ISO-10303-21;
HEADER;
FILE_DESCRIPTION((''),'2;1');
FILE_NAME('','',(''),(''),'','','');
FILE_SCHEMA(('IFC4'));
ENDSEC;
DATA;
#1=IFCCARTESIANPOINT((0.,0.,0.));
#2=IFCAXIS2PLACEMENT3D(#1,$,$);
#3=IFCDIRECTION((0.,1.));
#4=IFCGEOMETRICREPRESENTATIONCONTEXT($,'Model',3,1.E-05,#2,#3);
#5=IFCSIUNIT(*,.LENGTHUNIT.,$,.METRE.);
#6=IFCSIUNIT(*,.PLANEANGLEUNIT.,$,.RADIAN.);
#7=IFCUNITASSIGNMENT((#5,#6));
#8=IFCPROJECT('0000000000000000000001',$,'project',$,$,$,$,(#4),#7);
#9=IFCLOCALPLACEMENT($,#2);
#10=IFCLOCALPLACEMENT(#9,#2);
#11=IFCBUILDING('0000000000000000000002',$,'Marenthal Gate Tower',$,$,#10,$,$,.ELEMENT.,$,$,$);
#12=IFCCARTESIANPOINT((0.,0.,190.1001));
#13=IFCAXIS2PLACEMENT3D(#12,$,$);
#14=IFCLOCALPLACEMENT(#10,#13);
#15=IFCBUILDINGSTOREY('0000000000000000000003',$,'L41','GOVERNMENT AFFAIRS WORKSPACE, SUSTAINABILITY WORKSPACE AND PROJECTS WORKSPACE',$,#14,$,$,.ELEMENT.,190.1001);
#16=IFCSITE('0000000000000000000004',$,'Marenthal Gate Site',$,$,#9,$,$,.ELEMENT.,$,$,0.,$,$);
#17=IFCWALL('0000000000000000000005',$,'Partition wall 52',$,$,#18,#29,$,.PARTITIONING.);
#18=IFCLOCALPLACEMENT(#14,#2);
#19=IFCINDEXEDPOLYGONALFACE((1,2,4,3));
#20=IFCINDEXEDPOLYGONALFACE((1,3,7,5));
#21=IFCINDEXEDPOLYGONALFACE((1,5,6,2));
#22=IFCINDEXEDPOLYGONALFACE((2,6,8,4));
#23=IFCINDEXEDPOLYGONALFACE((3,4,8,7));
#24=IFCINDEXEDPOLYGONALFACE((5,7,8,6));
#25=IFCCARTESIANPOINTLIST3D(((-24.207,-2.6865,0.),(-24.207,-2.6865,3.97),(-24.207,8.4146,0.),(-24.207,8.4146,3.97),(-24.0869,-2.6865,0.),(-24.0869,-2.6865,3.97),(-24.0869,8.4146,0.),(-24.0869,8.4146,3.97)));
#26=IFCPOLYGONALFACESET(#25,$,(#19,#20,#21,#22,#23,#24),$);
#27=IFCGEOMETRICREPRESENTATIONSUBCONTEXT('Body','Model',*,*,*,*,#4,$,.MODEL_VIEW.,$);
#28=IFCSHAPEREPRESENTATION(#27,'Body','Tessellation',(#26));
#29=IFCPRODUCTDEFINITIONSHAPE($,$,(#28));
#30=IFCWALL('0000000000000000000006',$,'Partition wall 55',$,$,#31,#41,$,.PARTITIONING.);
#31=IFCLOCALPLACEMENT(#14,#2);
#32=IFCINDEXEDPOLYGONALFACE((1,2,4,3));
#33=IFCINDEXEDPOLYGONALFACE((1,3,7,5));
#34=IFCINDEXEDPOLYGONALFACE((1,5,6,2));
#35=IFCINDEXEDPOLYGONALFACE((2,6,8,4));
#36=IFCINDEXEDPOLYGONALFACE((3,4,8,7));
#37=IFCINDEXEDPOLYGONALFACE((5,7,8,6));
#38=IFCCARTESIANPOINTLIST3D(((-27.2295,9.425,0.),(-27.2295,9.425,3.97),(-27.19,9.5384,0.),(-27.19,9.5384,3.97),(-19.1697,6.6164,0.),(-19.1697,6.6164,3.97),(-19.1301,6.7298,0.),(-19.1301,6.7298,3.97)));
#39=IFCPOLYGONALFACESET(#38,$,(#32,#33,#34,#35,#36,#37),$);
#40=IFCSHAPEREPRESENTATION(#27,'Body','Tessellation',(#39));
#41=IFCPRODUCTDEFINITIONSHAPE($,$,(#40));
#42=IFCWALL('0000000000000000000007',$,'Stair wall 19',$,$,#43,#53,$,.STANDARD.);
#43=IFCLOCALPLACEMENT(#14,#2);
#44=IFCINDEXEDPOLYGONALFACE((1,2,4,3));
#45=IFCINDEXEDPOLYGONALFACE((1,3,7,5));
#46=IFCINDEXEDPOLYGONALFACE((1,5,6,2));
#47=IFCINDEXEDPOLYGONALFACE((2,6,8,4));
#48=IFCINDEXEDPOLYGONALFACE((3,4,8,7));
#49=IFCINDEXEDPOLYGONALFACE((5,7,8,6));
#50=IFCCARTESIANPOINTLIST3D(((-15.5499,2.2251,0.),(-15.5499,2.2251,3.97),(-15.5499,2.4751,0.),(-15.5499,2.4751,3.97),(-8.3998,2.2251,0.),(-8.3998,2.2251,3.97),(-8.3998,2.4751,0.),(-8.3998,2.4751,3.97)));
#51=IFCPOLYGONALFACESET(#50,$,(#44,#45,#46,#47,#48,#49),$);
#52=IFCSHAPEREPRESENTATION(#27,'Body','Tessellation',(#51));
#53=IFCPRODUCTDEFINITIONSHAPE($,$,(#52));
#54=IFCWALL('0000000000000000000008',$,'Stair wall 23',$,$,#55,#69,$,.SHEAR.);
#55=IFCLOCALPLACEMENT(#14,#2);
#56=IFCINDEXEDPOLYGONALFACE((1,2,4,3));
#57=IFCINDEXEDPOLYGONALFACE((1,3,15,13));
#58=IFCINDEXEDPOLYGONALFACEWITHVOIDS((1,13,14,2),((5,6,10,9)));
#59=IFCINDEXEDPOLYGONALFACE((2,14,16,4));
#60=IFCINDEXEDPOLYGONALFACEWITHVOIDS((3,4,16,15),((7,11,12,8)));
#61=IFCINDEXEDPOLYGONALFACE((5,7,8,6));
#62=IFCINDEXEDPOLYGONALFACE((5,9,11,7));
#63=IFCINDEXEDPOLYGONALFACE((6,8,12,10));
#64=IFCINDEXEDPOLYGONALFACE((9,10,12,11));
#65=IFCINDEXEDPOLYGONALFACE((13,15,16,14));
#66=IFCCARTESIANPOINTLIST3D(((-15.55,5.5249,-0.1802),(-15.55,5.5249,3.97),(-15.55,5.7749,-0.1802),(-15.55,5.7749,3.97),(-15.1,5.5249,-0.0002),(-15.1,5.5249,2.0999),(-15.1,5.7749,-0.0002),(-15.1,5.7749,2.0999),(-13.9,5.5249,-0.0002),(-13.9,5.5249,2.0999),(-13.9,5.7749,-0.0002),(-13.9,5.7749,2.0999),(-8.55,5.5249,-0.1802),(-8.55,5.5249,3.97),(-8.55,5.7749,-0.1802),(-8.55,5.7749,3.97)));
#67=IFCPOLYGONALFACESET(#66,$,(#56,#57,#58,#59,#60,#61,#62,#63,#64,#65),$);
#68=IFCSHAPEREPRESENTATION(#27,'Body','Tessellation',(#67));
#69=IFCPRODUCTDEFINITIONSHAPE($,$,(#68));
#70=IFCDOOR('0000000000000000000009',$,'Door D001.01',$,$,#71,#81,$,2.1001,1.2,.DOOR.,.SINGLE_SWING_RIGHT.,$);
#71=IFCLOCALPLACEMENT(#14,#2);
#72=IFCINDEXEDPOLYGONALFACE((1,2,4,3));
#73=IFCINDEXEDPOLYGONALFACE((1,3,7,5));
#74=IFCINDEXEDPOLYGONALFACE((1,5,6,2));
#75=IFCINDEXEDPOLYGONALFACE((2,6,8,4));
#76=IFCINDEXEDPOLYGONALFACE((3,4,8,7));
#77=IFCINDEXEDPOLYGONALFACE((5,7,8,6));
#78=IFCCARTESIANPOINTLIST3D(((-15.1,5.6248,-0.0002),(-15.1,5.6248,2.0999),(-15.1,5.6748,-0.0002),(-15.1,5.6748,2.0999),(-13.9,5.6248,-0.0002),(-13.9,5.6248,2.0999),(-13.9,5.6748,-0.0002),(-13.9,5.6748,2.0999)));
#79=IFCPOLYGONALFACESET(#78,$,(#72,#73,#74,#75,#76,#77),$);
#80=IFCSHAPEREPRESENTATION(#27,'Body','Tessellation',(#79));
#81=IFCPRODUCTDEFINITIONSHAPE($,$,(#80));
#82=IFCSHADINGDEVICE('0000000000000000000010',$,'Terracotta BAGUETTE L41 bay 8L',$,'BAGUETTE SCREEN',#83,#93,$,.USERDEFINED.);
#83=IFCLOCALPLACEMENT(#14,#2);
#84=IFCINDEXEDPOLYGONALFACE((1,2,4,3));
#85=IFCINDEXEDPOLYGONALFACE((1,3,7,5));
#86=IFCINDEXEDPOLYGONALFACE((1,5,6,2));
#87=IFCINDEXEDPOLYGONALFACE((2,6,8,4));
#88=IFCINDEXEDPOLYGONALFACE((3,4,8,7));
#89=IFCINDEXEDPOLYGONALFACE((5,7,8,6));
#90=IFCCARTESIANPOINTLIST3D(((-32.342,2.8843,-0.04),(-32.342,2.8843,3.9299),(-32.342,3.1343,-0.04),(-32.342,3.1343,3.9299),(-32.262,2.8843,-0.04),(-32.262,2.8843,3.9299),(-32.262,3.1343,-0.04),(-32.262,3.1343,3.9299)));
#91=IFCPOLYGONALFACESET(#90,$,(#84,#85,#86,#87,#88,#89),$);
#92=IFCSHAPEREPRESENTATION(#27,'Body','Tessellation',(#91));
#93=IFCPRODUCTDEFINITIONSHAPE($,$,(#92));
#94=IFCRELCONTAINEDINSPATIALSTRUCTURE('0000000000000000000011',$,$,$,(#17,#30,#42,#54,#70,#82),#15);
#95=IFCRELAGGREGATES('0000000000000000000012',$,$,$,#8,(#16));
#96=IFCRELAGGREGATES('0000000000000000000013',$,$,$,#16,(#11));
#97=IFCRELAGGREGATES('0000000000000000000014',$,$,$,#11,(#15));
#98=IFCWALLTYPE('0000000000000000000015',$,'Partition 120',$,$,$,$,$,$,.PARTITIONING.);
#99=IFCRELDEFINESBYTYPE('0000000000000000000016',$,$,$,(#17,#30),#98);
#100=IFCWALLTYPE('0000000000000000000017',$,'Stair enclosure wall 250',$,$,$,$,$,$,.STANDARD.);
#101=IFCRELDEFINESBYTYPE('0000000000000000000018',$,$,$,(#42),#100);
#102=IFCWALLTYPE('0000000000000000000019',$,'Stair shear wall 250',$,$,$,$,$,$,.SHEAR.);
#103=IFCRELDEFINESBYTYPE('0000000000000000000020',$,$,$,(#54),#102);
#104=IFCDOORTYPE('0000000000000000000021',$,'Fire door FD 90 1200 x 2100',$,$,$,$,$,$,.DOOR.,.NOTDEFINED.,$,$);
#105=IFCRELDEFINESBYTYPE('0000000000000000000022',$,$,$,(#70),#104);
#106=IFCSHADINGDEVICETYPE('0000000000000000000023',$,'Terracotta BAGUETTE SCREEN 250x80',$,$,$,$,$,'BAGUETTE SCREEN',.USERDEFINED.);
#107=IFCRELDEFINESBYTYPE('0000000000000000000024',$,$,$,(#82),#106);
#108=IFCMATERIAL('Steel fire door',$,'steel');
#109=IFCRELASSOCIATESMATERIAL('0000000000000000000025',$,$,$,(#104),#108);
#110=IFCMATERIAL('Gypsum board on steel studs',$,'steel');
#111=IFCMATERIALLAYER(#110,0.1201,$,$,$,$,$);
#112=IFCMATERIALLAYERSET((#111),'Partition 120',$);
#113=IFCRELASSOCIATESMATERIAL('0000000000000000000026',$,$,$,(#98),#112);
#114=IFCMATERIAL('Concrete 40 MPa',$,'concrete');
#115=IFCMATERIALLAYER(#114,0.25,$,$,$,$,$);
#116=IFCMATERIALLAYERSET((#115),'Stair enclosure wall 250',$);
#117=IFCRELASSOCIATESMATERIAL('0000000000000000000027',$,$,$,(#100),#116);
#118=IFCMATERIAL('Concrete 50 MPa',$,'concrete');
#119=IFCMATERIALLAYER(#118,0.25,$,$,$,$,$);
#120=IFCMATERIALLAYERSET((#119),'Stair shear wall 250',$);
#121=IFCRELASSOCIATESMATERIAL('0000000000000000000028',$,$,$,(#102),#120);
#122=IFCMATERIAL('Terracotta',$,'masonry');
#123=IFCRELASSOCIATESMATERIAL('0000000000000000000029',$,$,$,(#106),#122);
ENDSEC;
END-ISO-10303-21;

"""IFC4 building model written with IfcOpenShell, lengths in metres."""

from ifc_helpers import new_model, si_unit, direction, frame, frame_2d, origin, origin_2d, place, context, subcontext, project, spatial, rectangle, extrude, material, layer, layer_set, material_profile, profile_set, type_object, element, fill, save


model = new_model("IFC4")

# Units and contexts
model_context = context("Model", 3, precision=1e-05, world=origin(), true_north=direction((0.0, 1.0)))
body_context = subcontext(model_context, "Body", "Model", "MODEL_VIEW")
ifc_project = project(units=[si_unit("LENGTHUNIT", "METRE"), si_unit("PLANEANGLEUNIT", "RADIAN")], contexts=[model_context])

# Site, building, storey
site_placement = place(None, origin())
site = spatial("IfcSite", under=ifc_project, at=site_placement, Name="Marenthal Gate Site", CompositionType="ELEMENT", RefElevation=0.0)
building_placement = place(site_placement, origin())
building = spatial("IfcBuilding", under=site, at=building_placement, Name="Marenthal Gate Tower", CompositionType="ELEMENT")
storey_placement = place(building_placement, frame((0.0, 0.0, 190.1001)))
storey = spatial("IfcBuildingStorey", under=building, at=storey_placement, Name="L41", Description="GOVERNMENT AFFAIRS WORKSPACE, SUSTAINABILITY WORKSPACE AND PROJECTS WORKSPACE", CompositionType="ELEMENT", Elevation=190.1001)

# Shared definitions
ifc_material_1 = material(Name="Steel fire door", Category="steel")
door_type_1 = type_object("IfcDoorType", Name="Fire door FD 90 1200 x 2100", OperationType="NOTDEFINED", PredefinedType="DOOR", material=ifc_material_1)

# Walls
ifc_material_2 = material(Name="Gypsum board on steel studs", Category="steel")
ifc_layer_1 = layer(ifc_material_2, 0.1201)
ifc_layer_set_1 = layer_set([ifc_layer_1], Name="Partition 120")
wall_type_1 = type_object("IfcWallType", Name="Partition 120", PredefinedType="PARTITIONING", material=ifc_layer_set_1)
wall_1_placement = place(storey_placement, frame((-24.147, 8.4146, 0.0), z_axis=(0.0, 0.0, 1.0), x_axis=(0.0, -1.0, 0.0)))
element("IfcWall", 1, at=wall_1_placement, inside=storey, type_object=wall_type_1, Name="Partition wall 52", PredefinedType="PARTITIONING", context=body_context, shape_type="SweptSolid", body=[
    extrude(rectangle(XDim=11.1011, YDim=0.1201, at=frame_2d((5.5505, 0.0))), origin(), (0.0, 0.0, 1.0), 3.97),
])
wall_2_placement = place(storey_placement, frame((-19.1499, 6.6731, 0.0), z_axis=(0.0, 0.0, 1.0), x_axis=(-0.944308, 0.329062, 0.0)))
element("IfcWall", 2, at=wall_2_placement, inside=storey, type_object=wall_type_1, Name="Partition wall 55", PredefinedType="PARTITIONING", context=body_context, shape_type="SweptSolid", body=[
    extrude(rectangle(XDim=8.5352, YDim=0.1201, at=frame_2d((4.2676, 0.0))), origin(), (0.0, 0.0, 1.0), 3.97),
])
ifc_material_3 = material(Name="Concrete 40 MPa", Category="concrete")
ifc_layer_2 = layer(ifc_material_3, 0.25)
ifc_layer_set_2 = layer_set([ifc_layer_2], Name="Stair enclosure wall 250")
wall_type_2 = type_object("IfcWallType", Name="Stair enclosure wall 250", PredefinedType="STANDARD", material=ifc_layer_set_2)
wall_3_placement = place(storey_placement, frame((-15.55, 2.3501, 0.0), z_axis=(0.0, 0.0, 1.0), x_axis=(1.0, 0.0, 0.0)))
element("IfcWall", 3, at=wall_3_placement, inside=storey, type_object=wall_type_2, Name="Stair wall 19", PredefinedType="STANDARD", context=body_context, shape_type="SweptSolid", body=[
    extrude(rectangle(XDim=7.1501, YDim=0.25, at=frame_2d((3.5752, 0.0))), origin(), (0.0, 0.0, 1.0), 3.97),
])

# Wall, opening, door
ifc_material_4 = material(Name="Concrete 50 MPa", Category="concrete")
ifc_layer_3 = layer(ifc_material_4, 0.25)
ifc_layer_set_3 = layer_set([ifc_layer_3], Name="Stair shear wall 250")
wall_type_3 = type_object("IfcWallType", Name="Stair shear wall 250", PredefinedType="SHEAR", material=ifc_layer_set_3)
wall_4_placement = place(storey_placement, frame((-15.55, 5.6499, -0.1802), z_axis=(0.0, 0.0, 1.0), x_axis=(1.0, 0.0, 0.0)))
wall_4 = element("IfcWall", 4, at=wall_4_placement, inside=storey, type_object=wall_type_3, Name="Stair wall 23", PredefinedType="SHEAR", context=body_context, shape_type="SweptSolid", body=[
    extrude(rectangle(XDim=7.0, YDim=0.25, at=frame_2d((3.5, 0.0))), origin(), (0.0, 0.0, 1.0), 4.1501),
])
opening_1_placement = place(wall_4_placement, frame((0.45, 0.0, 0.1799)))
opening_1 = element("IfcOpeningElement", 5, at=opening_1_placement, cuts=wall_4, PredefinedType="OPENING", context=body_context, shape_type="SweptSolid", body=[
    extrude(rectangle(XDim=1.2, YDim=2.1001, at=frame_2d((0.6001, 1.05))), frame((0.0, 0.135, 0.0), z_axis=(0.0, -1.0, 0.0), x_axis=(1.0, 0.0, 0.0)), (0.0, 0.0, 1.0), 0.27),
])
door_1_placement = place(opening_1_placement, origin())
door_1 = element("IfcDoor", 6, at=door_1_placement, inside=storey, type_object=door_type_1, Name="Door D001.01", OperationType="SINGLE_SWING_RIGHT", OverallHeight=2.1001, OverallWidth=1.2, PredefinedType="DOOR", context=body_context, shape_type="SweptSolid", body=[
    extrude(rectangle(XDim=1.2, YDim=2.1001, at=frame_2d((0.6001, 1.05))), frame((0.0, 0.0249, 0.0), z_axis=(0.0, -1.0, 0.0), x_axis=(1.0, 0.0, 0.0)), (0.0, 0.0, 1.0), 0.05),
])
fill(opening_1, door_1)

# Shading device
ifc_material_5 = material(Name="Terracotta", Category="masonry")
ifc_material_profile_1 = material_profile(ifc_material_5, rectangle(XDim=0.25, YDim=0.0801, at=origin_2d()), Name="Terracotta baguette 250x80")
ifc_profile_set_1 = profile_set([ifc_material_profile_1], Name="Terracotta")
shading_device_type = type_object("IfcShadingDeviceType", Name="Terracotta BAGUETTE SCREEN 250x80", ElementType="BAGUETTE SCREEN", PredefinedType="USERDEFINED", material=ifc_profile_set_1)
shading_device_placement = place(storey_placement, frame((-32.302, 3.0093, -0.04), z_axis=(0.0, 0.0, 1.0), x_axis=(0.0, -1.0, 0.0)))
element("IfcShadingDevice", 7, at=shading_device_placement, inside=storey, type_object=shading_device_type, Name="Terracotta BAGUETTE L41 bay 8L", ObjectType="BAGUETTE SCREEN", PredefinedType="USERDEFINED", context=body_context, shape_type="SweptSolid", body=[
    extrude(rectangle(XDim=0.25, YDim=0.0801, at=origin_2d()), origin(), (0.0, 0.0, 1.0), 3.97),
])

save(model, "model.ifc")
